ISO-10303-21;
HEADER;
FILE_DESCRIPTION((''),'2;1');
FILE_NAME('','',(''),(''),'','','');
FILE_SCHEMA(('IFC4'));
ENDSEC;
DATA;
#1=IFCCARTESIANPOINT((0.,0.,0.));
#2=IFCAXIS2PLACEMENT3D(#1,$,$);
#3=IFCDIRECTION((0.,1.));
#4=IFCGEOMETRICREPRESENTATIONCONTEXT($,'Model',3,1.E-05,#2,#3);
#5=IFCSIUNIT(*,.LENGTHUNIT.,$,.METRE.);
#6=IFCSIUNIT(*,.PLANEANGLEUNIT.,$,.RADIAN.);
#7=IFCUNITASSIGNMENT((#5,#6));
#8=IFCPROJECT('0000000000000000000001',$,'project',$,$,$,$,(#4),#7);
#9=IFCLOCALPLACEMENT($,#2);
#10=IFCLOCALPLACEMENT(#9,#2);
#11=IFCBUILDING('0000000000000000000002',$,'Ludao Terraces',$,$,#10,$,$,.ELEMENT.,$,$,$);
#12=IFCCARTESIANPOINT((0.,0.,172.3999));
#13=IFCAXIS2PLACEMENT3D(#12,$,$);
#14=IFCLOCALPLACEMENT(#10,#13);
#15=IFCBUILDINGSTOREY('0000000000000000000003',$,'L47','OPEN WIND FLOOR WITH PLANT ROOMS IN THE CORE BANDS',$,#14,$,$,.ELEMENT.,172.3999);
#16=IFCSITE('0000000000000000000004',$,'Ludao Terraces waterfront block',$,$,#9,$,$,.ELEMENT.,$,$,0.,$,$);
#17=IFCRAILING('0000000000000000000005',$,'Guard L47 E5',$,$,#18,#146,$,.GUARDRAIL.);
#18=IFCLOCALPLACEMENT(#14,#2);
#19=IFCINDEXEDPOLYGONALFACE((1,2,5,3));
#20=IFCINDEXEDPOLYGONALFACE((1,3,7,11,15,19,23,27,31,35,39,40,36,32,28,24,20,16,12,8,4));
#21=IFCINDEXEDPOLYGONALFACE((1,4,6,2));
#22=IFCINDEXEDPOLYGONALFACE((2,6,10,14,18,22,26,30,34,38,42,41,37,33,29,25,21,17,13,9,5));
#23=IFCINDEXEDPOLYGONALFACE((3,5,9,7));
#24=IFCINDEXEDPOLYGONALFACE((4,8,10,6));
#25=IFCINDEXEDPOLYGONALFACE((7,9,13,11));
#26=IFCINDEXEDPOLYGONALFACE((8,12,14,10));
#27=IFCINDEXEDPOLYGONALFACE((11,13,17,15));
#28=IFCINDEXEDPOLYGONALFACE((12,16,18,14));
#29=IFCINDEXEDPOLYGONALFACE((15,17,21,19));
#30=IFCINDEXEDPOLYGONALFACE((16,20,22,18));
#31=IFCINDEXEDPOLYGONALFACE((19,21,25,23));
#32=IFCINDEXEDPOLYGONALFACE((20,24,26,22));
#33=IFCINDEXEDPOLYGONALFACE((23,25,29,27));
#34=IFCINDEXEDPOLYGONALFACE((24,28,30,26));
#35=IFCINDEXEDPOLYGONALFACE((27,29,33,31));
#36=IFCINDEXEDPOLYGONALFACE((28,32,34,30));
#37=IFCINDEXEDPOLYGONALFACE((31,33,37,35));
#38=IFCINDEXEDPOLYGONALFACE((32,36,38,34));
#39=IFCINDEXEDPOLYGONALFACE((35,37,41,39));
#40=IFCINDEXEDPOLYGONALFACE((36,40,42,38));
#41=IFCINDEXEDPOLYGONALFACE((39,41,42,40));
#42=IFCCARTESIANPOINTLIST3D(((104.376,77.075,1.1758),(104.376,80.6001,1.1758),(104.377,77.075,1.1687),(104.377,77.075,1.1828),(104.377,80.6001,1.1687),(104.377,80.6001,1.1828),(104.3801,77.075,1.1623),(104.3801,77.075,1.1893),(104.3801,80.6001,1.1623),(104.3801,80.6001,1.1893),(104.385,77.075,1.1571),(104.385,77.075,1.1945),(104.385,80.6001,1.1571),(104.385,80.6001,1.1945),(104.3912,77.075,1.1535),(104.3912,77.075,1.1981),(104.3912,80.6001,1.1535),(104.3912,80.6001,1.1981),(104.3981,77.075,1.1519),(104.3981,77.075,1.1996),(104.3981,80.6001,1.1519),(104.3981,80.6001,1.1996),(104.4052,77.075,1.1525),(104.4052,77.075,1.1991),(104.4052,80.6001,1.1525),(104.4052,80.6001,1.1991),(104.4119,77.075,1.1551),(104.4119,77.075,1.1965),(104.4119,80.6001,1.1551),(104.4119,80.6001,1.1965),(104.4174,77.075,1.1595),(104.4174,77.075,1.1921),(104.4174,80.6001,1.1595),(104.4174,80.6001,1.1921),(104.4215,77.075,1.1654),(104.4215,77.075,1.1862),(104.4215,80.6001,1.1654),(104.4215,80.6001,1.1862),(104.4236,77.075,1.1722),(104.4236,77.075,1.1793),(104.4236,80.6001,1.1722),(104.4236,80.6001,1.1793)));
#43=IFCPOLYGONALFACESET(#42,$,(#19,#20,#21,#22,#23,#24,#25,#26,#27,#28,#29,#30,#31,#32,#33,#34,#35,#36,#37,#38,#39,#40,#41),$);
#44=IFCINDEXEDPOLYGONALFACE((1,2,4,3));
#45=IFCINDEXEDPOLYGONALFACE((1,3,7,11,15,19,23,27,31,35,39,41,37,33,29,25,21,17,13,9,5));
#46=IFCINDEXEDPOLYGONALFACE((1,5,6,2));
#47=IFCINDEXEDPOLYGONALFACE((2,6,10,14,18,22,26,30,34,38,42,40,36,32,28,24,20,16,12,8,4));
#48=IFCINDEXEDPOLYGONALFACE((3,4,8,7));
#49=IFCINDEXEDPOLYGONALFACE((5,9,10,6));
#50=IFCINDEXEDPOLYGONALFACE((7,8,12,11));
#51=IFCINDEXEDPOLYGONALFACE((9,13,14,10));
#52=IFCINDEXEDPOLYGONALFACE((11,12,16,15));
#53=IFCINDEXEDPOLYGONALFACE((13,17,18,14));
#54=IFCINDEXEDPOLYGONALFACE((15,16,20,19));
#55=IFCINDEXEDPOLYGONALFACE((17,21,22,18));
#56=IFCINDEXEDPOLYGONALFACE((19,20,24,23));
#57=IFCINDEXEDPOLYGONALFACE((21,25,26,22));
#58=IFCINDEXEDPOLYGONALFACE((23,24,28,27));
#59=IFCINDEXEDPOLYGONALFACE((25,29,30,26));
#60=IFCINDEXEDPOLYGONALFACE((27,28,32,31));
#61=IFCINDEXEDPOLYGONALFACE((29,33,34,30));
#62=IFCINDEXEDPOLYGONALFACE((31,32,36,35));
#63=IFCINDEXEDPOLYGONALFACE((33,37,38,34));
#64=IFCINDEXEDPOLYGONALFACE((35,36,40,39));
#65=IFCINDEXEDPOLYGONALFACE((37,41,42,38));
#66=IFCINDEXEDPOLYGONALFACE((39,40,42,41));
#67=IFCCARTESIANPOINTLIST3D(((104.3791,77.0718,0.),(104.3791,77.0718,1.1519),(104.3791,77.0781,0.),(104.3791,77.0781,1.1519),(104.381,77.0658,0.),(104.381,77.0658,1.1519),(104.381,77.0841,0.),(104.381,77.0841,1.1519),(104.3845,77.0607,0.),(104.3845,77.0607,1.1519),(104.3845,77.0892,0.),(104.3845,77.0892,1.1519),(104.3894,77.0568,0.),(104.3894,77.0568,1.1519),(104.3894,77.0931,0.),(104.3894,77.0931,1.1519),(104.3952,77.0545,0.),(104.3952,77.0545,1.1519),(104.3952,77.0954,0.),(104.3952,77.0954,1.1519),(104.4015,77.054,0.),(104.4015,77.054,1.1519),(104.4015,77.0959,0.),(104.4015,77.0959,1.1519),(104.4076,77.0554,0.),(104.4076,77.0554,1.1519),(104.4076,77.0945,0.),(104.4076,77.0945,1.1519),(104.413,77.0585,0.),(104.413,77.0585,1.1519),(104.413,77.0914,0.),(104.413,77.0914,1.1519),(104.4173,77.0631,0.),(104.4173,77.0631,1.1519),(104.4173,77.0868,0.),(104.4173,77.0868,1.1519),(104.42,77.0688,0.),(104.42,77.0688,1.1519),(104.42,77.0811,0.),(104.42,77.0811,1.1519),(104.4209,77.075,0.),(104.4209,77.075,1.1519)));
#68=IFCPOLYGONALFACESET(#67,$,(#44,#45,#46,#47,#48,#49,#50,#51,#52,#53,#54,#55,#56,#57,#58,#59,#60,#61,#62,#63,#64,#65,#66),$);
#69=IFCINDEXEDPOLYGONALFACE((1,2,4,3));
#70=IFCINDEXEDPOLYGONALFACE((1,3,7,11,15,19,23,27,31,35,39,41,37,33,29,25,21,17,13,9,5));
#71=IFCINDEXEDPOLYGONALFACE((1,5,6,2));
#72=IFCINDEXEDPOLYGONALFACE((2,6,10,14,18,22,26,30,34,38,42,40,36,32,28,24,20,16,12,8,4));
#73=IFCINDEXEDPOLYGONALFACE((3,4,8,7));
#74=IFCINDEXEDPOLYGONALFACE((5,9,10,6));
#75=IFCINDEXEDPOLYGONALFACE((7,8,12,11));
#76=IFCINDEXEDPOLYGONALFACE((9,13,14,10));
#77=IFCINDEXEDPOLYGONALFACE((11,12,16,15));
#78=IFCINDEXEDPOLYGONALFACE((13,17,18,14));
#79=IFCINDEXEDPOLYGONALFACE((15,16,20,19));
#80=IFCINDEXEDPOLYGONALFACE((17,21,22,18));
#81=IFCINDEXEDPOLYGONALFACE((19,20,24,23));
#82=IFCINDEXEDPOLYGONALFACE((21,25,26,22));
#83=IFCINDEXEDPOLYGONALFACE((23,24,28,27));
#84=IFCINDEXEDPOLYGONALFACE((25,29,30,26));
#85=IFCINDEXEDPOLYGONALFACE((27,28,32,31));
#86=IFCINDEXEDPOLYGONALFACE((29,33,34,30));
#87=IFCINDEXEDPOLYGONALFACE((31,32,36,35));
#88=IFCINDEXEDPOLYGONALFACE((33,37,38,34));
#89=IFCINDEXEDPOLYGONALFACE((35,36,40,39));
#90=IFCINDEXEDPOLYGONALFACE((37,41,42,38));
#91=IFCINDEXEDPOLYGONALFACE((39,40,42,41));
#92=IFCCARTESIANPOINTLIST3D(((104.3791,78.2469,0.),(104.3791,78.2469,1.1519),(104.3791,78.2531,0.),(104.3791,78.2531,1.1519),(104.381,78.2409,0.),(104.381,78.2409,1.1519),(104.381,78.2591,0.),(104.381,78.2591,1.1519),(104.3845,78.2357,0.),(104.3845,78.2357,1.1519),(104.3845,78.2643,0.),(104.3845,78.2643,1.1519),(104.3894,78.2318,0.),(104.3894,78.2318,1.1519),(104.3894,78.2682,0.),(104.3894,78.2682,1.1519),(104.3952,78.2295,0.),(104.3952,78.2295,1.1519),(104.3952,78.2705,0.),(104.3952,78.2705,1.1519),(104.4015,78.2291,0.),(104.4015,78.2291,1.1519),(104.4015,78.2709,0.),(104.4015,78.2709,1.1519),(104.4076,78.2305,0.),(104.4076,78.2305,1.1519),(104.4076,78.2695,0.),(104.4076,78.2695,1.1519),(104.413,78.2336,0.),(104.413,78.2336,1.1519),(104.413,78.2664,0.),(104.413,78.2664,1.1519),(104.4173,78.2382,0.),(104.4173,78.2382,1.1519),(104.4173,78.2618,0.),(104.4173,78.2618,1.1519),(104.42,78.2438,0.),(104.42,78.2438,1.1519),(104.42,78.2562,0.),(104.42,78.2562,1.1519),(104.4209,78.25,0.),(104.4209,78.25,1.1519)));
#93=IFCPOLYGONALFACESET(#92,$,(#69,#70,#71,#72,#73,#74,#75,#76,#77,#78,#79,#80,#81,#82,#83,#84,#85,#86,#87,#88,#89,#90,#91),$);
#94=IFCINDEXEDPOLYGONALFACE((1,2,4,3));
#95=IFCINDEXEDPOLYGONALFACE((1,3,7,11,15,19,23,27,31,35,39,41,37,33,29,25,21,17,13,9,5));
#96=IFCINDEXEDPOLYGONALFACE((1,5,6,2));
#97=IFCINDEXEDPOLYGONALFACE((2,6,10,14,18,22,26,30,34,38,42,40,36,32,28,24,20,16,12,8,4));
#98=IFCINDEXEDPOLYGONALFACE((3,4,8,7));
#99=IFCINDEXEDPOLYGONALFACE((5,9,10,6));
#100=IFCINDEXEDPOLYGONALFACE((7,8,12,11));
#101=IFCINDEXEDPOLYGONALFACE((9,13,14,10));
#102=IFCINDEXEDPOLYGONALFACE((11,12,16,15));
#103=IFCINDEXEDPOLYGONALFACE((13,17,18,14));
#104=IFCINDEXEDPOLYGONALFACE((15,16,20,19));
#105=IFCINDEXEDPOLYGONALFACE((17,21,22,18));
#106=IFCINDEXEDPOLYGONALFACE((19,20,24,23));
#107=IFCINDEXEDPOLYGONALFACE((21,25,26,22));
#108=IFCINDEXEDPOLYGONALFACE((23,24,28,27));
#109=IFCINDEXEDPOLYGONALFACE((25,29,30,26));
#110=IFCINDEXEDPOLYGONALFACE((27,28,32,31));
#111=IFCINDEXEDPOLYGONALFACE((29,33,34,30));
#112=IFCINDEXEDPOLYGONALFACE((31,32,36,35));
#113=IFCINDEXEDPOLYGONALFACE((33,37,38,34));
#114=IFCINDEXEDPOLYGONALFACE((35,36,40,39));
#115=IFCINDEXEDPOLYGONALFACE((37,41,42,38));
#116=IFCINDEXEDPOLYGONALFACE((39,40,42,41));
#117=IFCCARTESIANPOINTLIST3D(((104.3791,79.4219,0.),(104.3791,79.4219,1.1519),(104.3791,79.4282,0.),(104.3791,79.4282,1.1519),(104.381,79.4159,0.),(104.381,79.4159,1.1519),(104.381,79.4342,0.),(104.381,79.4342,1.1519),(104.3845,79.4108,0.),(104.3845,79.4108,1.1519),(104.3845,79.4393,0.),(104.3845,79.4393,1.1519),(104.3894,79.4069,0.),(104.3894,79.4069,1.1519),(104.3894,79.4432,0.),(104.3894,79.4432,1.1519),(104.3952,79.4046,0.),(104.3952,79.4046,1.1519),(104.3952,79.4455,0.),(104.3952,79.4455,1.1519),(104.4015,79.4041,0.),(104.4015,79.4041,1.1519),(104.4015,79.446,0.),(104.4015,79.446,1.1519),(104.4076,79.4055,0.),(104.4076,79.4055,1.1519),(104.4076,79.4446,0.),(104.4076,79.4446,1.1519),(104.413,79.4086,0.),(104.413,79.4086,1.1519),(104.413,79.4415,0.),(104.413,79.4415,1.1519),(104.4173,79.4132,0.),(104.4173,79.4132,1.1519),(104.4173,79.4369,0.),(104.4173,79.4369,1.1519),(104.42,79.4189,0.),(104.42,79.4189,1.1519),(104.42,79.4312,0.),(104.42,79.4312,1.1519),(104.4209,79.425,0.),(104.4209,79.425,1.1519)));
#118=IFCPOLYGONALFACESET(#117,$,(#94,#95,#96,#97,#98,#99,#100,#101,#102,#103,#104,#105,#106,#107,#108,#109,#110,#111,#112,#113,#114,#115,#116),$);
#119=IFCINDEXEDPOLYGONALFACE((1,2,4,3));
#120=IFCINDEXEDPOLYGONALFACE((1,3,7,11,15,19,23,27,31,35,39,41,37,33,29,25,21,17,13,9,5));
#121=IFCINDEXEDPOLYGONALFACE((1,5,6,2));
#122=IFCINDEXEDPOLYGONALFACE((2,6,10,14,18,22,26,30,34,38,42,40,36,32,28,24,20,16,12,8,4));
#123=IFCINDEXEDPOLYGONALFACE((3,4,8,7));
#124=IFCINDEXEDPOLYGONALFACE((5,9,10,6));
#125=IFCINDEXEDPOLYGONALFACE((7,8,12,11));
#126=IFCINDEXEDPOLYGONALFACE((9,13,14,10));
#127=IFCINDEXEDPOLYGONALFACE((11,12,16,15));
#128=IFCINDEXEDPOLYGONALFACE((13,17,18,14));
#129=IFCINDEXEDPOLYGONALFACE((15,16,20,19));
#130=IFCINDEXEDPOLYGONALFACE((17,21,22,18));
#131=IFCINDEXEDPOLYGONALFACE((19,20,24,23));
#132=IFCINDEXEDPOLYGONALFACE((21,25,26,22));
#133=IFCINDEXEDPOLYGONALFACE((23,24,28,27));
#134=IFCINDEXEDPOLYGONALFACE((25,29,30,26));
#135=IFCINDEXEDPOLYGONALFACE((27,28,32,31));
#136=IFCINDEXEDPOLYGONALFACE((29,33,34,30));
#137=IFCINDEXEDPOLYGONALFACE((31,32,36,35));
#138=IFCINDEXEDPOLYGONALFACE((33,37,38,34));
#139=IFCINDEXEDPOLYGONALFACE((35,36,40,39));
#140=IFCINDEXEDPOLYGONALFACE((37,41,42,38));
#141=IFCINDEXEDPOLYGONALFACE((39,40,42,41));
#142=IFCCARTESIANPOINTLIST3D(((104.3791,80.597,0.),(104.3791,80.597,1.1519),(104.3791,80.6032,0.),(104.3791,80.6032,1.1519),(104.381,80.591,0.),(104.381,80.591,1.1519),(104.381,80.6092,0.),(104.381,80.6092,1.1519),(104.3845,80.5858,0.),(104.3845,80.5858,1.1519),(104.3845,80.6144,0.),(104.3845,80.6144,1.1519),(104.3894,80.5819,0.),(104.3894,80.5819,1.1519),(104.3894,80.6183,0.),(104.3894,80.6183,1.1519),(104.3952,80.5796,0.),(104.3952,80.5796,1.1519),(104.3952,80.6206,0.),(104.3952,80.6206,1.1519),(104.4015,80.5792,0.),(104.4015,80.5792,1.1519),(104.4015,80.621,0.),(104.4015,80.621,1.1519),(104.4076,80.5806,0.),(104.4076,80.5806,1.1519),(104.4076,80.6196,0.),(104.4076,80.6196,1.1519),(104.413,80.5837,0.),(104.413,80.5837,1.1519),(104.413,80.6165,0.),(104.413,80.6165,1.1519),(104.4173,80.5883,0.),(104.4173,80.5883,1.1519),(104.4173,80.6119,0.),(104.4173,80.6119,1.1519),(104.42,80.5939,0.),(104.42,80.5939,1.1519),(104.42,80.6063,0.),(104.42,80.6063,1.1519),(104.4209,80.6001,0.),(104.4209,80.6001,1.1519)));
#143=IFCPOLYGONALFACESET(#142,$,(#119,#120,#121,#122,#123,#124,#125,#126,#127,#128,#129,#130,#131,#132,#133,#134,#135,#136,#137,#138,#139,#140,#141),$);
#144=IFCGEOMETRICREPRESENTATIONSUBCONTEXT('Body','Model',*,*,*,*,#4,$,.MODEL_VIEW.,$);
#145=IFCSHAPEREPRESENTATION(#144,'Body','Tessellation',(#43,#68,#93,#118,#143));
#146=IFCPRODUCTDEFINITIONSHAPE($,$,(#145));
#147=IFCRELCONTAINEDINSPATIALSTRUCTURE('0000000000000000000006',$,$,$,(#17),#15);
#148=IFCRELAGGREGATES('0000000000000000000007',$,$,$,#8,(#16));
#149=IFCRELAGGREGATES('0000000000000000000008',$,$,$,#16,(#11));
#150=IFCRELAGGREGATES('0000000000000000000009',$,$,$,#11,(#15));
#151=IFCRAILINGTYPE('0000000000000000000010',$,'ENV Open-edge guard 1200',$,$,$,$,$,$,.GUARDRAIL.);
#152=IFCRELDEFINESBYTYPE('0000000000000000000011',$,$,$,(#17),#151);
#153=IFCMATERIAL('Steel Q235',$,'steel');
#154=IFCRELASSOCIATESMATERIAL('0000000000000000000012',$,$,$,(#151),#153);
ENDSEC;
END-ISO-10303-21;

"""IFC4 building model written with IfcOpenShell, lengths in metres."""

from ifc_helpers import new_model, si_unit, direction, frame, origin, origin_2d, place, context, subcontext, project, spatial, circle, extrude, material, type_object, element, save


model = new_model("IFC4")

# Units and contexts
model_context = context("Model", 3, precision=1e-05, world=origin(), true_north=direction((0.0, 1.0)))
body_context = subcontext(model_context, "Body", "Model", "MODEL_VIEW")
ifc_project = project(units=[si_unit("LENGTHUNIT", "METRE"), si_unit("PLANEANGLEUNIT", "RADIAN")], contexts=[model_context])

# Site, building, storey
site_placement = place(None, origin())
site = spatial("IfcSite", under=ifc_project, at=site_placement, Name="Ludao Terraces waterfront block", CompositionType="ELEMENT", RefElevation=0.0)
building_placement = place(site_placement, origin())
building = spatial("IfcBuilding", under=site, at=building_placement, Name="Ludao Terraces", CompositionType="ELEMENT")
storey_placement = place(building_placement, frame((0.0, 0.0, 172.3999)))
storey = spatial("IfcBuildingStorey", under=building, at=storey_placement, Name="L47", Description="OPEN WIND FLOOR WITH PLANT ROOMS IN THE CORE BANDS", CompositionType="ELEMENT", Elevation=172.3999)

# Shared definitions
ifc_material_1 = material(Name="Steel Q235", Category="steel")

# Railing
railing_type_1 = type_object("IfcRailingType", Name="ENV Open-edge guard 1200", PredefinedType="GUARDRAIL", material=ifc_material_1)
railing_1_placement = place(storey_placement, frame((104.3999, 77.075, 0.0)))
element("IfcRailing", 1, at=railing_1_placement, inside=storey, type_object=railing_type_1, Name="Guard L47 E5", PredefinedType="GUARDRAIL", context=body_context, shape_type="SweptSolid", body=[
    extrude(circle(Radius=0.0239, at=origin_2d()), frame((0.0, 0.0, 1.1758), z_axis=(0.0, 1.0, 0.0), x_axis=(-1.0, 0.0, 0.0)), (0.0, 0.0, 1.0), 3.5251),
    extrude(circle(Radius=0.021, at=origin_2d()), origin(), (0.0, 0.0, 1.0), 1.1519),
    extrude(circle(Radius=0.021, at=origin_2d()), frame((0.0, 1.175, 0.0)), (0.0, 0.0, 1.0), 1.1519),
    extrude(circle(Radius=0.021, at=origin_2d()), frame((0.0, 2.3501, 0.0)), (0.0, 0.0, 1.0), 1.1519),
    extrude(circle(Radius=0.021, at=origin_2d()), frame((0.0, 3.5251, 0.0)), (0.0, 0.0, 1.0), 1.1519),
])

save(model, "model.ifc")
